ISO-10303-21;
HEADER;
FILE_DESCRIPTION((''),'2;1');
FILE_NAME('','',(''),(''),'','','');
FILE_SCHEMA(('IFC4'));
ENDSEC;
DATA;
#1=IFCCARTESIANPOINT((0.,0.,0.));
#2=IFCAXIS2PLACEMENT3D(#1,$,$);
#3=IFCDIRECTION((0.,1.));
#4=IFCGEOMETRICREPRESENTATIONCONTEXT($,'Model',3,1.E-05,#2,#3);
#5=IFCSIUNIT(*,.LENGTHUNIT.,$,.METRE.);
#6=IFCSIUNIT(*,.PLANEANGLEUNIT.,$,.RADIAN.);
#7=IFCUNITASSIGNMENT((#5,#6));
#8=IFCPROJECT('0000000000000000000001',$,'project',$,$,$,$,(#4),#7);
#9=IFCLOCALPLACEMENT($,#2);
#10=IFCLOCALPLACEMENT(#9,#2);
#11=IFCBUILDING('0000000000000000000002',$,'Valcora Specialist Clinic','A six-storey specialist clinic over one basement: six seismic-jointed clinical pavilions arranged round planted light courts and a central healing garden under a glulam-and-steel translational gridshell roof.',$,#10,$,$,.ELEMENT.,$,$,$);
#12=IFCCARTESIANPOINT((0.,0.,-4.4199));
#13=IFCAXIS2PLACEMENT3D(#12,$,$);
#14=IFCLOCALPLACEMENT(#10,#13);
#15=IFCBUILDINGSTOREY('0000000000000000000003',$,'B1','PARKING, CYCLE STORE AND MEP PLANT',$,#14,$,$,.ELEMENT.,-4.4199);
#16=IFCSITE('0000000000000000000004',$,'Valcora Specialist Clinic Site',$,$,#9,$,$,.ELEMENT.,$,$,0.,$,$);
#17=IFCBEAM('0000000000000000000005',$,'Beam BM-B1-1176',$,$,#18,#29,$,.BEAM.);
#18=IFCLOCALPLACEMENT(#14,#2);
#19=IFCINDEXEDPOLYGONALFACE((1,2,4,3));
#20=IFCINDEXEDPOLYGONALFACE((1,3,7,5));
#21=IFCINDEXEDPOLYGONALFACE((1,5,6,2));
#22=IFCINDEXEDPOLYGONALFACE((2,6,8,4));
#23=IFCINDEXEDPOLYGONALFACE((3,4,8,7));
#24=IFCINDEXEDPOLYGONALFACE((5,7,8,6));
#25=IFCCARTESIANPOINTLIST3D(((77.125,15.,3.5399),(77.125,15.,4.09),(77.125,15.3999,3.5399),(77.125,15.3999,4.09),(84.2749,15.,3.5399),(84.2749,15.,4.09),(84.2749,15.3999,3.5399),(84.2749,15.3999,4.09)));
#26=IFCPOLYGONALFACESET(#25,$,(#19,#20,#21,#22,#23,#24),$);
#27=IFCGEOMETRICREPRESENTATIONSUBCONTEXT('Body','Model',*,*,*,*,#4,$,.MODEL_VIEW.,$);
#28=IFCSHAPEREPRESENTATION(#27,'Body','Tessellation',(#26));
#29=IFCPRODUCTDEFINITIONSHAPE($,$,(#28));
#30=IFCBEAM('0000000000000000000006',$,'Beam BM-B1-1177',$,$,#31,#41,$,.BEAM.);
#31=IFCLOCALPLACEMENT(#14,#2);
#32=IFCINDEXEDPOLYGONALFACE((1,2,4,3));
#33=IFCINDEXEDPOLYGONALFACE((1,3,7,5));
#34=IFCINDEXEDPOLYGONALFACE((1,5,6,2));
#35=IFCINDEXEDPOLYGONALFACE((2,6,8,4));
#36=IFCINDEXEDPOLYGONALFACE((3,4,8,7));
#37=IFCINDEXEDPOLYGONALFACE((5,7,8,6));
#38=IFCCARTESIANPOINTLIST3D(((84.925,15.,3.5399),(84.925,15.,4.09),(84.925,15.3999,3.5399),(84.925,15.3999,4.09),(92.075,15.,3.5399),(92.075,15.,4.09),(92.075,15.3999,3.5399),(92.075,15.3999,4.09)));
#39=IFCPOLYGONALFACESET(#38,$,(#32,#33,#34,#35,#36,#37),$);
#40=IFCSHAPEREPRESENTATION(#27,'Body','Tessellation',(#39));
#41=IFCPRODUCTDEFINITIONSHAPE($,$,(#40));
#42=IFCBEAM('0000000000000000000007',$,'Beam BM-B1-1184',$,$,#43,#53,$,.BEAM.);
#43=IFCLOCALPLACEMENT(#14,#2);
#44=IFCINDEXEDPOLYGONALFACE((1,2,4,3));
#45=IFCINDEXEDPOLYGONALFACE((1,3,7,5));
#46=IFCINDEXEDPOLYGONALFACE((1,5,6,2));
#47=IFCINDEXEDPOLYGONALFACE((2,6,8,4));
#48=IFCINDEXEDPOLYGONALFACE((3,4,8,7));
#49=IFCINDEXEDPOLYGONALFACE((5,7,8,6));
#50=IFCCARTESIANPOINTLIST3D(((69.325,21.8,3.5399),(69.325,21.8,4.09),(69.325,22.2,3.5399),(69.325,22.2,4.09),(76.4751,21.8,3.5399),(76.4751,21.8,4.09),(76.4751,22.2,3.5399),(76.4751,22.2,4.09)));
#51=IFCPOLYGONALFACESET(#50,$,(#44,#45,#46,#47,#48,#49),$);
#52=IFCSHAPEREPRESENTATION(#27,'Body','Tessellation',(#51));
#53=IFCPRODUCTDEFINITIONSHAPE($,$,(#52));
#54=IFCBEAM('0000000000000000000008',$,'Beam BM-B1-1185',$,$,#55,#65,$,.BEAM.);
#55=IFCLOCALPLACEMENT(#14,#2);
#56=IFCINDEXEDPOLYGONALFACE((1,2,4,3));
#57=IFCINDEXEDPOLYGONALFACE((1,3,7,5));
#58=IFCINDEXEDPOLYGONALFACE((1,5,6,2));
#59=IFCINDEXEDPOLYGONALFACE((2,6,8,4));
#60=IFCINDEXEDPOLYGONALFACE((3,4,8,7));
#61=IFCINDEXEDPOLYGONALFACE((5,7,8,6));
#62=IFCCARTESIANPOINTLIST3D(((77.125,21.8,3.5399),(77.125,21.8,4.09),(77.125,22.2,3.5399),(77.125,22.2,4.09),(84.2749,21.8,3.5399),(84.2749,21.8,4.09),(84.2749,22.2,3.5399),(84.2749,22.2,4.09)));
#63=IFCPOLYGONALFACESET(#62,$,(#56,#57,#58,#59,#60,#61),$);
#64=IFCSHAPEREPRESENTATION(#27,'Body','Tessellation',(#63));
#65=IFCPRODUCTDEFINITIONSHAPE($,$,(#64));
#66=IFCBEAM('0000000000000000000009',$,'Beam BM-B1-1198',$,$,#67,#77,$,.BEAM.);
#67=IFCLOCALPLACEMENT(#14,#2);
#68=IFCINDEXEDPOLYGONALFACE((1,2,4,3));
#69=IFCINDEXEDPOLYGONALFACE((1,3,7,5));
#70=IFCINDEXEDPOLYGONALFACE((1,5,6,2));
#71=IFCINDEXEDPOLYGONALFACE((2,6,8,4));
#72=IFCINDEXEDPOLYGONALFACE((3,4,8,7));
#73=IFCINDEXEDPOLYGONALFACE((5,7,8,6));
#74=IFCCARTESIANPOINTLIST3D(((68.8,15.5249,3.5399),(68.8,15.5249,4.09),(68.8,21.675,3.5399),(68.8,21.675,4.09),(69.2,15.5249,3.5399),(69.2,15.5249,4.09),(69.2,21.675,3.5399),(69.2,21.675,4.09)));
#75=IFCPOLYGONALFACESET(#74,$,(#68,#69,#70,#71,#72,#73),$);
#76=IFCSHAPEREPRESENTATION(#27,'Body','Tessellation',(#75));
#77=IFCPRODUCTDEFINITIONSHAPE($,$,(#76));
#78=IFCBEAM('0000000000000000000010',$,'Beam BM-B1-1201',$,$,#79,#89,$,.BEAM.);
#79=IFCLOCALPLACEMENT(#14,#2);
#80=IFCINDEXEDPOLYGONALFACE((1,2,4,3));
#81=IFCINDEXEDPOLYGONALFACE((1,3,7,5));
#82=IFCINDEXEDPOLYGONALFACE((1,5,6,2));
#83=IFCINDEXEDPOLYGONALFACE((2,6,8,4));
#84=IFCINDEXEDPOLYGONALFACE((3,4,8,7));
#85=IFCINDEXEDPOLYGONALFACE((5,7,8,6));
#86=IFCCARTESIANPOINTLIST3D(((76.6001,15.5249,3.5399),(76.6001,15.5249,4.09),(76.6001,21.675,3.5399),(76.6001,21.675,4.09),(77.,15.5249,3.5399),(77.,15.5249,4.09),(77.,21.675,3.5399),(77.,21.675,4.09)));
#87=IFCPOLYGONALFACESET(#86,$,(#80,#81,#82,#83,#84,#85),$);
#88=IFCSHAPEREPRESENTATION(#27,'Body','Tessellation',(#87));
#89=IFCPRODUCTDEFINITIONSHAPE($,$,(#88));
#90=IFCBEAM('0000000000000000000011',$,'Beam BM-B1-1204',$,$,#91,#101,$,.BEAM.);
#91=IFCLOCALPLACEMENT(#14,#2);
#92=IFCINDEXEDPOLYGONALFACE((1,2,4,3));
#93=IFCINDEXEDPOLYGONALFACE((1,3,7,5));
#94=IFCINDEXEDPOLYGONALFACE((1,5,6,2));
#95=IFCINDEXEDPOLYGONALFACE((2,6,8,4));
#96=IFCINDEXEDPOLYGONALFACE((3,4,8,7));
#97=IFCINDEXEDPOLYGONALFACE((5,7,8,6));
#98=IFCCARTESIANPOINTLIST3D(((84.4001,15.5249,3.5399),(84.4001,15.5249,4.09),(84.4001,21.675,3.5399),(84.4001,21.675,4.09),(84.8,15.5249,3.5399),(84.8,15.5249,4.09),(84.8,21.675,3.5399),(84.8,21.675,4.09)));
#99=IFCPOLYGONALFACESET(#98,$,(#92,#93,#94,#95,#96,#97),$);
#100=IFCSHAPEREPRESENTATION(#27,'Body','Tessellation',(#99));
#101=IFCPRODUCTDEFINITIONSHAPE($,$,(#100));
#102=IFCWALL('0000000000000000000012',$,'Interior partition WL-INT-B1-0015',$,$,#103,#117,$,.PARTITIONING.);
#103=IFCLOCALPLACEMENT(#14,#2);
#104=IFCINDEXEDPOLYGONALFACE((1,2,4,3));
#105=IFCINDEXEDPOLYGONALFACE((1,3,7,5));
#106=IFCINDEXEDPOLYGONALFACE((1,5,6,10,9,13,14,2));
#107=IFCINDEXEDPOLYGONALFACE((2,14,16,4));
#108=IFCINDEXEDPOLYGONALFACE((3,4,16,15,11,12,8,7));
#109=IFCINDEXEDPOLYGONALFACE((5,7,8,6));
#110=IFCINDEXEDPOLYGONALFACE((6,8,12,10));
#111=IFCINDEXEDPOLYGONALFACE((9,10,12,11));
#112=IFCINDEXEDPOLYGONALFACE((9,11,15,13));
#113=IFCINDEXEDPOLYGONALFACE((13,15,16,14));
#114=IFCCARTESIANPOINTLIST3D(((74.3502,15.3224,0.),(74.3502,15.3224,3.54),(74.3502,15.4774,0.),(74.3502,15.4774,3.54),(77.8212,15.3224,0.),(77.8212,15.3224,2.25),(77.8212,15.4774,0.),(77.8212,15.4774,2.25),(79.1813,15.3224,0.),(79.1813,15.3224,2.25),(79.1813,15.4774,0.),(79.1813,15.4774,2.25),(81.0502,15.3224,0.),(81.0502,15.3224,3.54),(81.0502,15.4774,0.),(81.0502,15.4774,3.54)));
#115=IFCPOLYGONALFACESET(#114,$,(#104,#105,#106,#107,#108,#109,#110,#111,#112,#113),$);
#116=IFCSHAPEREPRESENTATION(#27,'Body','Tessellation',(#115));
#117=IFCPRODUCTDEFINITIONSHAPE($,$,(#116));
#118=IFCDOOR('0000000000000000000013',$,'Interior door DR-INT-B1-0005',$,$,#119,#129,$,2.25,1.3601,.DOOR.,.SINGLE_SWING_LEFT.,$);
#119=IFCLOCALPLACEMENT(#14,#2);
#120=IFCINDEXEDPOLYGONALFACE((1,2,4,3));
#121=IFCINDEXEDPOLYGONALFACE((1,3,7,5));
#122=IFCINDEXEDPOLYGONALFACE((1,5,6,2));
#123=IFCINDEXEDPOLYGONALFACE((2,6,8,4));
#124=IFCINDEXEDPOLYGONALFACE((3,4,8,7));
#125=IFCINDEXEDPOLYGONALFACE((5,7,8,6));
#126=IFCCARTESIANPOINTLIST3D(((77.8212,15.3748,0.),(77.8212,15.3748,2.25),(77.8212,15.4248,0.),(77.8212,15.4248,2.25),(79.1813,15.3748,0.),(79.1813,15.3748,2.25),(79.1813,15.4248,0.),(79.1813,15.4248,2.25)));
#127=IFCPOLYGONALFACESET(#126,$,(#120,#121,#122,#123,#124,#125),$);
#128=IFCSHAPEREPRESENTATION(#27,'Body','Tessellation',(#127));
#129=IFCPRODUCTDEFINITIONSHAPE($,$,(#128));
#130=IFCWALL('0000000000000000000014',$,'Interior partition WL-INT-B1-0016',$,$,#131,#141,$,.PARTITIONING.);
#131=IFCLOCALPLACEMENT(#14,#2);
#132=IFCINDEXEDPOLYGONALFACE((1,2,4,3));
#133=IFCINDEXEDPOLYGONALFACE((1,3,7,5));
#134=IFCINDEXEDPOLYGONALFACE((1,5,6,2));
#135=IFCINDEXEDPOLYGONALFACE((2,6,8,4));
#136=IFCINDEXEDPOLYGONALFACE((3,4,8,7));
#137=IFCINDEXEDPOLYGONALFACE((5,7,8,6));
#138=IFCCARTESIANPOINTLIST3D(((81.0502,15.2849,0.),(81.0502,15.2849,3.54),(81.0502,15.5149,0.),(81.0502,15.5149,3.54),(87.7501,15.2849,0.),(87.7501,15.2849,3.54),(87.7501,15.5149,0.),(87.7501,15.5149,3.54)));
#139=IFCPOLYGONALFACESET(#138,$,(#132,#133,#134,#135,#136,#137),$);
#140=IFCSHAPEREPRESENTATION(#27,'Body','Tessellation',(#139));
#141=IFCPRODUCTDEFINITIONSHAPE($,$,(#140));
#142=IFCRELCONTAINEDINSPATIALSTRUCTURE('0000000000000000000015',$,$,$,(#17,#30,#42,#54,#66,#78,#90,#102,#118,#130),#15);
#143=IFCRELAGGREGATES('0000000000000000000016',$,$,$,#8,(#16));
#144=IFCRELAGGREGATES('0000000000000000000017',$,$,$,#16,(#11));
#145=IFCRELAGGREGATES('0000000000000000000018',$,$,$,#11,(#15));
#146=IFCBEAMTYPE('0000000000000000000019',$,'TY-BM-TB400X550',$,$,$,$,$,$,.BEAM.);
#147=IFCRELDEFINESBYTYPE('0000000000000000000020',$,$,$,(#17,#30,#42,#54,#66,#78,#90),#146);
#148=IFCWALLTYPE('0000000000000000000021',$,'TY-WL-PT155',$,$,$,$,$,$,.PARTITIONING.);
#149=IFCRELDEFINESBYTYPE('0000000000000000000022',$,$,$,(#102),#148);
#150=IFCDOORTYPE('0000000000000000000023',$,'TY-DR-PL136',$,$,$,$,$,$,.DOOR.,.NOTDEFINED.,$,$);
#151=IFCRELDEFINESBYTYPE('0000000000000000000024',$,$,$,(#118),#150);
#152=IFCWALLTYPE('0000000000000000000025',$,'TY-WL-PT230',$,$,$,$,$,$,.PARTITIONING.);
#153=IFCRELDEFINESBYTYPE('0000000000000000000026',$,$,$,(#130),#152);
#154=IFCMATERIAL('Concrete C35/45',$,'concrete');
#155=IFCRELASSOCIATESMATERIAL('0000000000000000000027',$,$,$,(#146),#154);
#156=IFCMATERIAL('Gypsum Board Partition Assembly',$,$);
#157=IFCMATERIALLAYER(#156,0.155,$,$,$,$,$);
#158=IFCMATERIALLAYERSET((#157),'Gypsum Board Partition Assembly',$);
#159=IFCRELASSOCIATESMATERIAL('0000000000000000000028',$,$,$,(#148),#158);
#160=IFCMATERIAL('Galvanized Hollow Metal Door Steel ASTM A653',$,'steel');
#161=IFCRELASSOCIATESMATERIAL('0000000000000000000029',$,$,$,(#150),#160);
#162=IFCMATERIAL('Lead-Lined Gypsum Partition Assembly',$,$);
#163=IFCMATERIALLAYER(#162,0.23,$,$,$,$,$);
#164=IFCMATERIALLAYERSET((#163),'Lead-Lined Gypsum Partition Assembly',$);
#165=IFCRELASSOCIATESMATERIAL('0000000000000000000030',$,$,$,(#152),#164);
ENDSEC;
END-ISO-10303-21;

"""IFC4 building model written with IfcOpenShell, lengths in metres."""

from ifc_helpers import new_model, si_unit, direction, frame, frame_2d, origin, origin_2d, place, context, subcontext, project, spatial, rectangle, extrude, material, layer, layer_set, material_profile, profile_set, type_object, element, fill, save


model = new_model("IFC4")

# Units and contexts
model_context = context("Model", 3, precision=1e-05, world=origin(), true_north=direction((0.0, 1.0)))
body_context = subcontext(model_context, "Body", "Model", "MODEL_VIEW")
ifc_project = project(units=[si_unit("LENGTHUNIT", "METRE"), si_unit("PLANEANGLEUNIT", "RADIAN")], contexts=[model_context])

# Site, building, storey
site_placement = place(None, origin())
site = spatial("IfcSite", under=ifc_project, at=site_placement, Name="Valcora Specialist Clinic Site", CompositionType="ELEMENT", RefElevation=0.0)
building_placement = place(site_placement, origin())
building = spatial("IfcBuilding", under=site, at=building_placement, Name="Valcora Specialist Clinic", Description="A six-storey specialist clinic over one basement: six seismic-jointed clinical pavilions arranged round planted light courts and a central healing garden under a glulam-and-steel translational gridshell roof.", CompositionType="ELEMENT")
storey_placement = place(building_placement, frame((0.0, 0.0, -4.4199)))
storey = spatial("IfcBuildingStorey", under=building, at=storey_placement, Name="B1", Description="PARKING, CYCLE STORE AND MEP PLANT", CompositionType="ELEMENT", Elevation=-4.4199)

# Shared definitions
ifc_material_1 = material(Name="Concrete C35/45", Category="concrete")

# Beams
ifc_material_profile_1 = material_profile(ifc_material_1, rectangle(XDim=0.3999, YDim=0.55, at=origin_2d()), Name="RC-TB-400X550")
ifc_profile_set_1 = profile_set([ifc_material_profile_1], Name="Concrete C35/45")
beam_type = type_object("IfcBeamType", Name="TY-BM-TB400X550", PredefinedType="BEAM", material=ifc_profile_set_1)
for number, where, z_axis, x_axis, name in (
    (1, (77.125, 15.2, 3.8149), (1.0, 0.0, 0.0), (0.0, 1.0, 0.0), "Beam BM-B1-1176"),
    (2, (84.925, 15.2, 3.8149), (1.0, 0.0, 0.0), (0.0, 1.0, 0.0), "Beam BM-B1-1177"),
):
    element("IfcBeam", number, at=place(storey_placement, frame(where, z_axis=z_axis, x_axis=x_axis)), inside=storey, type_object=beam_type, Name=name, PredefinedType="BEAM", context=body_context, shape_type="SweptSolid", body=[
        extrude(rectangle(XDim=0.3999, YDim=0.55, at=origin_2d()), origin(), (0.0, 0.0, 1.0), 7.1499),
    ])
beam_1_placement = place(storey_placement, frame((69.325, 22.0, 3.8149), z_axis=(1.0, 0.0, 0.0), x_axis=(0.0, 1.0, 0.0)))
element("IfcBeam", 3, at=beam_1_placement, inside=storey, type_object=beam_type, Name="Beam BM-B1-1184", PredefinedType="BEAM", context=body_context, shape_type="SweptSolid", body=[
    extrude(rectangle(XDim=0.3999, YDim=0.55, at=origin_2d()), origin(), (0.0, 0.0, 1.0), 7.1501),
])
beam_2_placement = place(storey_placement, frame((77.125, 22.0, 3.8149), z_axis=(1.0, 0.0, 0.0), x_axis=(0.0, 1.0, 0.0)))
element("IfcBeam", 4, at=beam_2_placement, inside=storey, type_object=beam_type, Name="Beam BM-B1-1185", PredefinedType="BEAM", context=body_context, shape_type="SweptSolid", body=[
    extrude(rectangle(XDim=0.3999, YDim=0.55, at=origin_2d()), origin(), (0.0, 0.0, 1.0), 7.1499),
])
for number, where, z_axis, x_axis, name in (
    (5, (69.0, 15.5249, 3.8149), (0.0, 1.0, 0.0), (-1.0, 0.0, 0.0), "Beam BM-B1-1198"),
    (6, (76.8, 15.5249, 3.8149), (0.0, 1.0, 0.0), (-1.0, 0.0, 0.0), "Beam BM-B1-1201"),
    (7, (84.6001, 15.5249, 3.8149), (0.0, 1.0, 0.0), (-1.0, 0.0, 0.0), "Beam BM-B1-1204"),
):
    element("IfcBeam", number, at=place(storey_placement, frame(where, z_axis=z_axis, x_axis=x_axis)), inside=storey, type_object=beam_type, Name=name, PredefinedType="BEAM", context=body_context, shape_type="SweptSolid", body=[
        extrude(rectangle(XDim=0.3999, YDim=0.55, at=origin_2d()), origin(), (0.0, 0.0, 1.0), 6.1501),
    ])

# Wall, opening, door
ifc_material_2 = material(Name="Gypsum Board Partition Assembly")
ifc_layer_1 = layer(ifc_material_2, 0.155)
ifc_layer_set_1 = layer_set([ifc_layer_1], Name="Gypsum Board Partition Assembly")
wall_type_1 = type_object("IfcWallType", Name="TY-WL-PT155", PredefinedType="PARTITIONING", material=ifc_layer_set_1)
wall_1_placement = place(storey_placement, frame((74.3501, 15.3999, 0.0), z_axis=(0.0, 0.0, 1.0), x_axis=(1.0, 0.0, 0.0)))
wall_1 = element("IfcWall", 8, at=wall_1_placement, inside=storey, type_object=wall_type_1, Name="Interior partition WL-INT-B1-0015", PredefinedType="PARTITIONING", context=body_context, shape_type="SweptSolid", body=[
    extrude(rectangle(XDim=6.7, YDim=0.155, at=frame_2d((3.3501, 0.0))), origin(), (0.0, 0.0, 1.0), 3.54),
])
opening_placement = place(wall_1_placement, frame((3.4709, 0.0, 0.0)))
opening = element("IfcOpeningElement", 9, at=opening_placement, cuts=wall_1, PredefinedType="OPENING", context=body_context, shape_type="SweptSolid", body=[
    extrude(rectangle(XDim=1.3601, YDim=2.25, at=frame_2d((0.6802, 1.125))), frame((0.0, 0.0874, 0.0), z_axis=(0.0, -1.0, 0.0), x_axis=(1.0, 0.0, 0.0)), (0.0, 0.0, 1.0), 0.175),
])
ifc_material_3 = material(Name="Galvanized Hollow Metal Door Steel ASTM A653", Category="steel")
door_type = type_object("IfcDoorType", Name="TY-DR-PL136", OperationType="NOTDEFINED", PredefinedType="DOOR", material=ifc_material_3)
door_placement = place(opening_placement, origin())
door = element("IfcDoor", 10, at=door_placement, inside=storey, type_object=door_type, Name="Interior door DR-INT-B1-0005", OperationType="SINGLE_SWING_LEFT", OverallHeight=2.25, OverallWidth=1.3601, PredefinedType="DOOR", context=body_context, shape_type="SweptSolid", body=[
    extrude(rectangle(XDim=1.3601, YDim=2.25, at=frame_2d((0.6802, 1.125))), frame((0.0, 0.0249, 0.0), z_axis=(0.0, -1.0, 0.0), x_axis=(1.0, 0.0, 0.0)), (0.0, 0.0, 1.0), 0.05),
])
fill(opening, door)

# Wall
ifc_material_4 = material(Name="Lead-Lined Gypsum Partition Assembly")
ifc_layer_2 = layer(ifc_material_4, 0.23)
ifc_layer_set_2 = layer_set([ifc_layer_2], Name="Lead-Lined Gypsum Partition Assembly")
wall_type_2 = type_object("IfcWallType", Name="TY-WL-PT230", PredefinedType="PARTITIONING", material=ifc_layer_set_2)
wall_2_placement = place(storey_placement, frame((81.05, 15.3999, 0.0), z_axis=(0.0, 0.0, 1.0), x_axis=(1.0, 0.0, 0.0)))
element("IfcWall", 11, at=wall_2_placement, inside=storey, type_object=wall_type_2, Name="Interior partition WL-INT-B1-0016", PredefinedType="PARTITIONING", context=body_context, shape_type="SweptSolid", body=[
    extrude(rectangle(XDim=6.7, YDim=0.23, at=frame_2d((3.3501, 0.0))), origin(), (0.0, 0.0, 1.0), 3.54),
])

save(model, "model.ifc")
